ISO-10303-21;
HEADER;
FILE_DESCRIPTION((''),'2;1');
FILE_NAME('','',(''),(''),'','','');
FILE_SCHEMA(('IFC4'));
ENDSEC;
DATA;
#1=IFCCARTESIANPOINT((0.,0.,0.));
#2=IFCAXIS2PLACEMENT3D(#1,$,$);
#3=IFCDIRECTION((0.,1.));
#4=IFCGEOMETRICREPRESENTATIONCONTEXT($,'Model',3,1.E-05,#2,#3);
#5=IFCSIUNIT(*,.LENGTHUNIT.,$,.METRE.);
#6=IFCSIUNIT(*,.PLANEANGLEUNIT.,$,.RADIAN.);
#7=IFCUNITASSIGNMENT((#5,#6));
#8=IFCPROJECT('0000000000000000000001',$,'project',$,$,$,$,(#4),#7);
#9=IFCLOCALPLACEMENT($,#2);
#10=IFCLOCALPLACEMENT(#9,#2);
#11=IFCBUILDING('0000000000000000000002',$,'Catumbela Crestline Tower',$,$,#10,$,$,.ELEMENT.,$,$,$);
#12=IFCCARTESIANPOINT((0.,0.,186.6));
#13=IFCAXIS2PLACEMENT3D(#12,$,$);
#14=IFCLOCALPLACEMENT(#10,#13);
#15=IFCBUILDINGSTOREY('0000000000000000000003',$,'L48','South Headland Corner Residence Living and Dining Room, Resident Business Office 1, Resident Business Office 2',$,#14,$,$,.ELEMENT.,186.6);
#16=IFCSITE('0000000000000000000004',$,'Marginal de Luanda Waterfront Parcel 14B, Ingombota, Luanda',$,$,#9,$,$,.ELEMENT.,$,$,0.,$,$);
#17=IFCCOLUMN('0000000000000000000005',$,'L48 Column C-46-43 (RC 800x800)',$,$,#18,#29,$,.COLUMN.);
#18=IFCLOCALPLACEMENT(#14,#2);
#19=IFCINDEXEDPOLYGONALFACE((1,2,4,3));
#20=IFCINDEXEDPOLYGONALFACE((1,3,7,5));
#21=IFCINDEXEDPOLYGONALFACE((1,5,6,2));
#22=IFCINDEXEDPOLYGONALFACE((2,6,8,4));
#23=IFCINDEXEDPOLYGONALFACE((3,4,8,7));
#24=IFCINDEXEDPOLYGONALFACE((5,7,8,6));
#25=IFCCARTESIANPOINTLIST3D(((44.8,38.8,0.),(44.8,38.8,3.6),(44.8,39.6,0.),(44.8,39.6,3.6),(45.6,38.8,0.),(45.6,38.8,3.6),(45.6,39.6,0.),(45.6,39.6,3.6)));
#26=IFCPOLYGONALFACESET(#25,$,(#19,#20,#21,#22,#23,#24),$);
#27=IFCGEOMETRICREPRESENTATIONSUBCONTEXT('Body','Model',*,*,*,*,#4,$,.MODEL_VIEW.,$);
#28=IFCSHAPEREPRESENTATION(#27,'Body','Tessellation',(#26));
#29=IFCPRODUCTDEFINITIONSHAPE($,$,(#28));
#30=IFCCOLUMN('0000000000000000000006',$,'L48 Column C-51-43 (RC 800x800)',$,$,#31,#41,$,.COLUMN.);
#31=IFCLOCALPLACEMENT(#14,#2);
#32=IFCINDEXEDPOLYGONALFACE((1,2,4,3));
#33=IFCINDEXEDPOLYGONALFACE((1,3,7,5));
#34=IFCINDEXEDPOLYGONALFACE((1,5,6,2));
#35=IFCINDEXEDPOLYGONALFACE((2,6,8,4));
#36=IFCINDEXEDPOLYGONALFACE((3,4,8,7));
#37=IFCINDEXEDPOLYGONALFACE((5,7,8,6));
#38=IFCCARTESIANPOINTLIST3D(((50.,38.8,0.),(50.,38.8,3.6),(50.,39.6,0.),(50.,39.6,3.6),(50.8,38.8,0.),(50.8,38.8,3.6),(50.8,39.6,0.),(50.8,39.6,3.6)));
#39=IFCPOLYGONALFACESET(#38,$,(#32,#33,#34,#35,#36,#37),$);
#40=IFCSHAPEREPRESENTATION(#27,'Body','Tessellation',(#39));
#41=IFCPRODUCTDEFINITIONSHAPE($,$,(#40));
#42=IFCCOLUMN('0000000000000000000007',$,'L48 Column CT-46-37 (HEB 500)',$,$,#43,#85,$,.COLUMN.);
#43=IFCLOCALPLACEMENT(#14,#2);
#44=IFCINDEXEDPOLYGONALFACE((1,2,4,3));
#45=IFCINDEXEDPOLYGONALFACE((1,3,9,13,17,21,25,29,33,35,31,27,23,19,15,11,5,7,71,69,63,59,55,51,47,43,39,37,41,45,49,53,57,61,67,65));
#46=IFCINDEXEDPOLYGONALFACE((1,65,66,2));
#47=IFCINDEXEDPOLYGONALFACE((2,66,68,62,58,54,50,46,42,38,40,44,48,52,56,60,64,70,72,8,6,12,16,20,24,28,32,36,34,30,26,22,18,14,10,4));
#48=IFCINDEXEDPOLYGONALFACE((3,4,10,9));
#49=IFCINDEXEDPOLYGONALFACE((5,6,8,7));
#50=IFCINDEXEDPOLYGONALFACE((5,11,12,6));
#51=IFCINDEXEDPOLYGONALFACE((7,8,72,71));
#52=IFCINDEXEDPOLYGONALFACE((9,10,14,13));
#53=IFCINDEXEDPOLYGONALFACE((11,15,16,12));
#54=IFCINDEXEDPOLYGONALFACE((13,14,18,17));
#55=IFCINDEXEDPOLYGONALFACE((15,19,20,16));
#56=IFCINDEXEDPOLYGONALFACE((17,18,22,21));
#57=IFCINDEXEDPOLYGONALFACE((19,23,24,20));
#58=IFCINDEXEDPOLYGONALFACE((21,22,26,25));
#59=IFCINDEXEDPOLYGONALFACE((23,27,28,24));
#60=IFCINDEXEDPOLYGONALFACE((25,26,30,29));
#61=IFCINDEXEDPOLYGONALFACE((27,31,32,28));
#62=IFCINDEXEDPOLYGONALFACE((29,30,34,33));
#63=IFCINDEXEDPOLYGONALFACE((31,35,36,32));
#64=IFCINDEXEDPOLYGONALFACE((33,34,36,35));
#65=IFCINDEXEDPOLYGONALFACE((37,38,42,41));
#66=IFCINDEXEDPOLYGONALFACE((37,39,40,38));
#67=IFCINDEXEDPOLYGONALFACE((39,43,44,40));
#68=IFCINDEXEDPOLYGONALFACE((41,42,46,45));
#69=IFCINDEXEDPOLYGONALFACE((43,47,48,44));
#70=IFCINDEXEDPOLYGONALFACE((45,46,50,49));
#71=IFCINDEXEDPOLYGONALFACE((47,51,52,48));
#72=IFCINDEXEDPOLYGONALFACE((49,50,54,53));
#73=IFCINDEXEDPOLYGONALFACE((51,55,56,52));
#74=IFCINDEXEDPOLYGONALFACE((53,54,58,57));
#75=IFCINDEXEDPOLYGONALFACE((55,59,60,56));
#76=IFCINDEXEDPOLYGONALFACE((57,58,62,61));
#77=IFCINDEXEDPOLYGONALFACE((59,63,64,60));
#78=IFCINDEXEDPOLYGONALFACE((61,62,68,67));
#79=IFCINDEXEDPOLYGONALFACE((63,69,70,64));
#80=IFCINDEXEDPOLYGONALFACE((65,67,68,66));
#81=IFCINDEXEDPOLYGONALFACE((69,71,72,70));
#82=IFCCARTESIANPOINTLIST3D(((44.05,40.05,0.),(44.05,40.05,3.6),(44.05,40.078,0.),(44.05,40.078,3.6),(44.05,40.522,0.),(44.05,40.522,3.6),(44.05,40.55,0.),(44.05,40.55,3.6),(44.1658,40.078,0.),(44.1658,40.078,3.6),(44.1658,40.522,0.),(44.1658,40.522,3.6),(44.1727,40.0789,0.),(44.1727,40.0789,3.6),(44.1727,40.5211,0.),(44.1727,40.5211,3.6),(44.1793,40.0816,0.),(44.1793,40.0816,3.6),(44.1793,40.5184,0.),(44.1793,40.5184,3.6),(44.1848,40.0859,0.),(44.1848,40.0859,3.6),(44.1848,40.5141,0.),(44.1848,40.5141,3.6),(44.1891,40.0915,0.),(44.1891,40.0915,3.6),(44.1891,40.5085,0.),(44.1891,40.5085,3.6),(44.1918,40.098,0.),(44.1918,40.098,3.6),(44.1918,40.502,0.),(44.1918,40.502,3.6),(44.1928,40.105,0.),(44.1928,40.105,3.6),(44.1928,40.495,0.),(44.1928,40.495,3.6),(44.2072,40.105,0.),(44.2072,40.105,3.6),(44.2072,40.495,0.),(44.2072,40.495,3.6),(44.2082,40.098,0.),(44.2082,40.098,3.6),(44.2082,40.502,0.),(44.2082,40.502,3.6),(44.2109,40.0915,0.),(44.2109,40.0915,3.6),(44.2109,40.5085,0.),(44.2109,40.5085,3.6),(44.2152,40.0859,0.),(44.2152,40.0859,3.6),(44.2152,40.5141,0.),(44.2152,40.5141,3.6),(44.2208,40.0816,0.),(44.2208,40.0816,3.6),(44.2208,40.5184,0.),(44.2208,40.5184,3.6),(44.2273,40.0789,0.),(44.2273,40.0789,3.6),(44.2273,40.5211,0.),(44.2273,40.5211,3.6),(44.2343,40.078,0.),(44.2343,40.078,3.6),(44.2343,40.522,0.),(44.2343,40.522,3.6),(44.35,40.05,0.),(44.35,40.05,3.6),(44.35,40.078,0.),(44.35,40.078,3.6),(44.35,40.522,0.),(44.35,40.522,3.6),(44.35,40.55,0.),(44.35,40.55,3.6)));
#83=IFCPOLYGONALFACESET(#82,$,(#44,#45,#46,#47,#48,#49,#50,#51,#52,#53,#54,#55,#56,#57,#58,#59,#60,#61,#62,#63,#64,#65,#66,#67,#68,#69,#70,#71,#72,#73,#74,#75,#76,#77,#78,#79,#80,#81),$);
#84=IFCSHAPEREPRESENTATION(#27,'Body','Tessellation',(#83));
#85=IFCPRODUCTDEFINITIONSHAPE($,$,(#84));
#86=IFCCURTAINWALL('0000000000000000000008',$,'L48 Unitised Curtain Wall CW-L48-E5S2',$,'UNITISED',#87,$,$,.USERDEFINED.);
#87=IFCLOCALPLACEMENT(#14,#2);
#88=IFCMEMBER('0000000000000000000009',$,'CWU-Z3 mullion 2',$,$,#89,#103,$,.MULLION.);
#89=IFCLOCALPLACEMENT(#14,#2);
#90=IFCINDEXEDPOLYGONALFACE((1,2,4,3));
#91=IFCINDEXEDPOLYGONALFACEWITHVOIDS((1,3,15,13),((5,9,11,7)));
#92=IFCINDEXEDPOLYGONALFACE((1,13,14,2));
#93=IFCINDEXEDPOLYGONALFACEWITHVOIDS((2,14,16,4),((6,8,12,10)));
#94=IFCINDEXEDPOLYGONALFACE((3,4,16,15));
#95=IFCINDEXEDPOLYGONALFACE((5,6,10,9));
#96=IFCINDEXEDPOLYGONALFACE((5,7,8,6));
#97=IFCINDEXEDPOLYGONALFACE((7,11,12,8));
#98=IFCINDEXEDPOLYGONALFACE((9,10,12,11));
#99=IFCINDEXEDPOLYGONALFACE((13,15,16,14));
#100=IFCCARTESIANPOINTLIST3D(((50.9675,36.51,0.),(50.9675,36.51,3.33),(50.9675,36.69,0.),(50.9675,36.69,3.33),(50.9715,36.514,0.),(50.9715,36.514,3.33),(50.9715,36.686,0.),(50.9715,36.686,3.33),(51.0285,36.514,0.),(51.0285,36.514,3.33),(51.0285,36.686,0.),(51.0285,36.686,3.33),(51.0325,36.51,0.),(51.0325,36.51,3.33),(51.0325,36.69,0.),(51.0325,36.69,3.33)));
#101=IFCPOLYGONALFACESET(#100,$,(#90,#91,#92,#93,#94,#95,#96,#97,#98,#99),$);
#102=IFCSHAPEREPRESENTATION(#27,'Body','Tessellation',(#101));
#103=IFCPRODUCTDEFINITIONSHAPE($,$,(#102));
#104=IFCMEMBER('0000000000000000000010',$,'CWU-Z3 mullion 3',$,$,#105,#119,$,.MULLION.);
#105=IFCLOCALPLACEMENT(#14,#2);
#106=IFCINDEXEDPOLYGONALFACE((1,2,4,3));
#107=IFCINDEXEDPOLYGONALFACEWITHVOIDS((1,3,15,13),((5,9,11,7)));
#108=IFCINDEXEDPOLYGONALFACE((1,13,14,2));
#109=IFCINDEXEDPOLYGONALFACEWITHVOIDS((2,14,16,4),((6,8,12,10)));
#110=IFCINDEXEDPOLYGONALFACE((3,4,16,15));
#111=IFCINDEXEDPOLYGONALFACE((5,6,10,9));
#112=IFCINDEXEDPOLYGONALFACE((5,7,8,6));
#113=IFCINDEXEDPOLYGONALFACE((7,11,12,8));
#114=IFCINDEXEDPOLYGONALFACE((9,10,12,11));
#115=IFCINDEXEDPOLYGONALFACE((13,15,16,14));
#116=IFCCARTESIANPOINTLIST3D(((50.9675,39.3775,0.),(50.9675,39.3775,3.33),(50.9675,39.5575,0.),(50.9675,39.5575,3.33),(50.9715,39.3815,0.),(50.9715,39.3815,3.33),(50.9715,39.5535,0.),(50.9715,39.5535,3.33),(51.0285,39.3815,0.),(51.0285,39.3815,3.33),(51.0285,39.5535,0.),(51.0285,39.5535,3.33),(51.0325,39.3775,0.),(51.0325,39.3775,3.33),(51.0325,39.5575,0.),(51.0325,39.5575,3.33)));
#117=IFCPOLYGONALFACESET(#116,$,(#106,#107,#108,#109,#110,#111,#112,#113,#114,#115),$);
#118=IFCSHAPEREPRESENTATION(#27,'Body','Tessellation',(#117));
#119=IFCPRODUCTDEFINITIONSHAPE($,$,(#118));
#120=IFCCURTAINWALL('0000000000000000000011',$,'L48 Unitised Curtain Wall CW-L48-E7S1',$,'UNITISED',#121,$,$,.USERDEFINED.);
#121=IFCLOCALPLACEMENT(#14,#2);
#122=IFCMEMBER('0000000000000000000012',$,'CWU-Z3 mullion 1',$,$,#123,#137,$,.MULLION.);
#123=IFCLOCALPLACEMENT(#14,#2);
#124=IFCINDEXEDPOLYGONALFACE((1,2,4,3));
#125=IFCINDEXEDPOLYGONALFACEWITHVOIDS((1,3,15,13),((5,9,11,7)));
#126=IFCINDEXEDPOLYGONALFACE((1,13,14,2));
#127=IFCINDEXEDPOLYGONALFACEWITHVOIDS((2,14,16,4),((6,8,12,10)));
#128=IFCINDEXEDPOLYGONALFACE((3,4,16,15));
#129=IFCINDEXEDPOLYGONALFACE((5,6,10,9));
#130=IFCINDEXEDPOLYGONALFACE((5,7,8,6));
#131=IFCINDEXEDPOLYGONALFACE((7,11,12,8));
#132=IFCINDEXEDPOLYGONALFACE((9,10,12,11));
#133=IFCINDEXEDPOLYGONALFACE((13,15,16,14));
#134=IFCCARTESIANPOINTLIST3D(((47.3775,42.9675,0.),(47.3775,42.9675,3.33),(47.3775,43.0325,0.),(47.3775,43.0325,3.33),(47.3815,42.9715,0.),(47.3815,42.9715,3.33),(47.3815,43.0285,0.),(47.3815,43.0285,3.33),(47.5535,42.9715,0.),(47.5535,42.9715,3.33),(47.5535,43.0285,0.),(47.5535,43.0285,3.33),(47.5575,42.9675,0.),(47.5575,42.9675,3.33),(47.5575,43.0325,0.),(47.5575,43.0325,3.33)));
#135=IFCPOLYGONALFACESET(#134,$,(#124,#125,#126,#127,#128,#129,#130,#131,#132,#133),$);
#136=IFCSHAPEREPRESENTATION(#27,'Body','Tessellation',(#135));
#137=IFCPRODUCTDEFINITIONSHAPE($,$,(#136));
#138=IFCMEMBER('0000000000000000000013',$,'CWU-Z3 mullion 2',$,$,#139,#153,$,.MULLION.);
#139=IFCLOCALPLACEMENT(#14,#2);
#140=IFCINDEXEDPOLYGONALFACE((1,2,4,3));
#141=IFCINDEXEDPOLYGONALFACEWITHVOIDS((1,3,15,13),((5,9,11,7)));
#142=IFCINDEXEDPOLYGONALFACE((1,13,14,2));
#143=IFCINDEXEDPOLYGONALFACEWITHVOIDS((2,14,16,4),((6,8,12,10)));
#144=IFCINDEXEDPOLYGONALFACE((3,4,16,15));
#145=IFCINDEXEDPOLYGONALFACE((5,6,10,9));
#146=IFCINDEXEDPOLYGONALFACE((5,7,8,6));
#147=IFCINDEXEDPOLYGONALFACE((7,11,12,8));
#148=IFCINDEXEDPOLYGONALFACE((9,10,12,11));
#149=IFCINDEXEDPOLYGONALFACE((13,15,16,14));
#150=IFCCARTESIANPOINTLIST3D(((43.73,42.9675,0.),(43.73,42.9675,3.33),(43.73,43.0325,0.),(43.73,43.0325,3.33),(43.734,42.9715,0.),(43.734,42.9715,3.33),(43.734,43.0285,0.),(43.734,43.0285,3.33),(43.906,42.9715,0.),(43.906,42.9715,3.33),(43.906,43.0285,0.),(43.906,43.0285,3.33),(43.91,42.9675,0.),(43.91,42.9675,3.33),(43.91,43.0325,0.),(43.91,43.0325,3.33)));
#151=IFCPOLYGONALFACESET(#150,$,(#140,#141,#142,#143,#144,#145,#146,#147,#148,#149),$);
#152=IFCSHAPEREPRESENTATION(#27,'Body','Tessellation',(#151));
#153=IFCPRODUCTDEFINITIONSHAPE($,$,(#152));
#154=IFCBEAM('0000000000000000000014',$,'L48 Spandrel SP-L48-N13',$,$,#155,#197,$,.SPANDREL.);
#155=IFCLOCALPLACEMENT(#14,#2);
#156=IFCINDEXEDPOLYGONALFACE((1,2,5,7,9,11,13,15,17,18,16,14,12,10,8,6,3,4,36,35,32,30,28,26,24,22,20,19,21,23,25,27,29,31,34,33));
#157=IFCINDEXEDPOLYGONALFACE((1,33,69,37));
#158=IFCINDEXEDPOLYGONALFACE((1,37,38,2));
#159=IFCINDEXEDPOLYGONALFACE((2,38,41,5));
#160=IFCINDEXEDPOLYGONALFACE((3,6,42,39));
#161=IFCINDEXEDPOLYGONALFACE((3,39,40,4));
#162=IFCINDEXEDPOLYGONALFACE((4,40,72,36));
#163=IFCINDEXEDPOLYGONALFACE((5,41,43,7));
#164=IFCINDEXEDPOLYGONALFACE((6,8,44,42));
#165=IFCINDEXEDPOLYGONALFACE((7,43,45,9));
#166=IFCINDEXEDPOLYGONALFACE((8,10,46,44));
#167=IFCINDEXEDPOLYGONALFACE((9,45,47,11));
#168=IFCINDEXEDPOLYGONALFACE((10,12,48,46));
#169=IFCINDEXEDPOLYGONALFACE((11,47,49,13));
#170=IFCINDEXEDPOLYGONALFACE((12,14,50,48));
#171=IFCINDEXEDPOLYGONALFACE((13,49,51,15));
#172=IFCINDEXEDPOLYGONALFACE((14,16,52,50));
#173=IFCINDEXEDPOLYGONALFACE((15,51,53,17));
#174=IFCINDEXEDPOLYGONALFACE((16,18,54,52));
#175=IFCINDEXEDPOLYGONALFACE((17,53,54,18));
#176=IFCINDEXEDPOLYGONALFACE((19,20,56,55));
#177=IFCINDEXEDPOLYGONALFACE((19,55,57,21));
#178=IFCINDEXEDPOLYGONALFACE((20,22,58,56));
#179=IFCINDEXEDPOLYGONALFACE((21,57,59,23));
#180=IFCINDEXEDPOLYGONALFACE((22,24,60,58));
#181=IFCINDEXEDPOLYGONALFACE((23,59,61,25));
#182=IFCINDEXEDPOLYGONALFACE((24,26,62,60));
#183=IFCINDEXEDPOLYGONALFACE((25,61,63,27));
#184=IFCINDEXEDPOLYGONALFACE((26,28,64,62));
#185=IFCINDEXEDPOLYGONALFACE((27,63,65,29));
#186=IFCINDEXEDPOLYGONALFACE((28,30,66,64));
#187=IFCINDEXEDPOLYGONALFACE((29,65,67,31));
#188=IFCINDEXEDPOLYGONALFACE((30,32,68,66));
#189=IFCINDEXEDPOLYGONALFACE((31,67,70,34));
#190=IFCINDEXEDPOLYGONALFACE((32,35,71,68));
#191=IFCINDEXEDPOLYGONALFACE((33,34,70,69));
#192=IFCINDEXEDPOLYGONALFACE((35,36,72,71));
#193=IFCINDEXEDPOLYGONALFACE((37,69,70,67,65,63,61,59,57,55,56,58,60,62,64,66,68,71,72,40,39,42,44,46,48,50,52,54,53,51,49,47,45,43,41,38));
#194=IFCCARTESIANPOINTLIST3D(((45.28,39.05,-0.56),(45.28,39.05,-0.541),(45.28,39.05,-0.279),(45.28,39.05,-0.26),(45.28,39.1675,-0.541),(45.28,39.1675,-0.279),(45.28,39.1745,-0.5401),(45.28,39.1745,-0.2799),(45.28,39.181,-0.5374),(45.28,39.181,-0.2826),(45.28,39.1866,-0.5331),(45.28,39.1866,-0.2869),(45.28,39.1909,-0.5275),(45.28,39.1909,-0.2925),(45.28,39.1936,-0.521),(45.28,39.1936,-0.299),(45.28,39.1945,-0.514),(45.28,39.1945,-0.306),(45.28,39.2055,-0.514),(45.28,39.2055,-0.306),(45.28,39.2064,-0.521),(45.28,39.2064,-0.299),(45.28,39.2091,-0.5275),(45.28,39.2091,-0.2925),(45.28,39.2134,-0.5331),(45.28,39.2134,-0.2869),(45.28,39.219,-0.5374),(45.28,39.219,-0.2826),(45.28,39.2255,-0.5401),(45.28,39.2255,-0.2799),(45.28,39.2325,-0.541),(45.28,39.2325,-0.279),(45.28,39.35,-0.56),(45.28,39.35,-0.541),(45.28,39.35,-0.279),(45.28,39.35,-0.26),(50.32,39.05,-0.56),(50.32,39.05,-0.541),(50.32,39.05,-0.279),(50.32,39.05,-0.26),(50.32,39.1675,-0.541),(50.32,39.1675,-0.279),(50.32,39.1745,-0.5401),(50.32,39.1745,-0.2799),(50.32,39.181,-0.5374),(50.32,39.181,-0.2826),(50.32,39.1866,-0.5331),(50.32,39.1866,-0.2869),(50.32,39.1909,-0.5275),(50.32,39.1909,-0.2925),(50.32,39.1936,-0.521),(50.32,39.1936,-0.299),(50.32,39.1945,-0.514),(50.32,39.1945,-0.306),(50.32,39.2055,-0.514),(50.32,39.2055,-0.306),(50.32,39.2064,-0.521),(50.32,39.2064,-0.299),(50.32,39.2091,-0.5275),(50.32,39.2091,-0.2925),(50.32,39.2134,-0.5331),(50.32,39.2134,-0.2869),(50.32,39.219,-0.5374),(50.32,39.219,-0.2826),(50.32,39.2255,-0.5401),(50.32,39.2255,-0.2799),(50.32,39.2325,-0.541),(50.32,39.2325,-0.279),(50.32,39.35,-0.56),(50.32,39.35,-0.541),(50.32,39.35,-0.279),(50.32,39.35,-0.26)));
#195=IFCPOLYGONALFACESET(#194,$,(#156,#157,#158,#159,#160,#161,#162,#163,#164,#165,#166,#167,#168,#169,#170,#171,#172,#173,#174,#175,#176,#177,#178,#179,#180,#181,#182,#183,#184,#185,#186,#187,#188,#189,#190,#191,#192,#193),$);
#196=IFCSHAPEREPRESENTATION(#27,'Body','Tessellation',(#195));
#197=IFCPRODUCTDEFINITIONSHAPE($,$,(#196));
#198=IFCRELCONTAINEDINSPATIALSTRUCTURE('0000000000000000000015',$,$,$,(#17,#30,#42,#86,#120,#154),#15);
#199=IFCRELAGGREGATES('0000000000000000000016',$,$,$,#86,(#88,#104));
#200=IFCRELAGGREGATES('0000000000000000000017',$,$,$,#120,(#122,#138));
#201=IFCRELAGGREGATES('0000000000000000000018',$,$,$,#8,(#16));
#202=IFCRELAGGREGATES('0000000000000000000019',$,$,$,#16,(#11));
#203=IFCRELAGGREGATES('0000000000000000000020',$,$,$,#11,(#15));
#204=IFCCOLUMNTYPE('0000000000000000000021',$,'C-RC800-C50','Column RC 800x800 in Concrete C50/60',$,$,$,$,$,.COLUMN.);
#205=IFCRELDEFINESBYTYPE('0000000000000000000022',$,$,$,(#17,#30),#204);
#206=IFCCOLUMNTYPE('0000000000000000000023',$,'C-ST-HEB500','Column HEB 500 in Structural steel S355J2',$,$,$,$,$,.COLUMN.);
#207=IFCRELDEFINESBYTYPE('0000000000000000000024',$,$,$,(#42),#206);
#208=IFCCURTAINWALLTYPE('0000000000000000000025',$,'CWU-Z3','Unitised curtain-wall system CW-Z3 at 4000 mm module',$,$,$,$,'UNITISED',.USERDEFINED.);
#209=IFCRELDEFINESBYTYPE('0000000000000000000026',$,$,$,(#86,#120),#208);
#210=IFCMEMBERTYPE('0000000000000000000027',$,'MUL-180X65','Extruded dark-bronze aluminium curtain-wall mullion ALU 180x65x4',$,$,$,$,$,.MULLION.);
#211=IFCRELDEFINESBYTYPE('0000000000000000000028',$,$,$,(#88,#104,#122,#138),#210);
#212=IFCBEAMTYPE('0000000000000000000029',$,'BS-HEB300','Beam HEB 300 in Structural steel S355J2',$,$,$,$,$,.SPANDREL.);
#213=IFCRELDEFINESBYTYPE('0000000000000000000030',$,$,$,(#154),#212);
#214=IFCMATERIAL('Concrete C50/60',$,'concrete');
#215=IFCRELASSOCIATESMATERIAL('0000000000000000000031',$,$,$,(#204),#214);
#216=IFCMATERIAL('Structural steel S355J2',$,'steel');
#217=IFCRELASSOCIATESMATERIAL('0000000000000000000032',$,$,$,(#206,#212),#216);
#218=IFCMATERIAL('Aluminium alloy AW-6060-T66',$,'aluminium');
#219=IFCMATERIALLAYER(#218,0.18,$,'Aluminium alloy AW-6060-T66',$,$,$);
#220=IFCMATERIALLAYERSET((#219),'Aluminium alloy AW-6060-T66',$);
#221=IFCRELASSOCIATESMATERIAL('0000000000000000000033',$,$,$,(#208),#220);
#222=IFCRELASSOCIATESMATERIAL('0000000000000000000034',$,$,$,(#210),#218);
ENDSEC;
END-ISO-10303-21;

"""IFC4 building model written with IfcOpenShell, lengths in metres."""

from ifc_helpers import new_model, si_unit, direction, frame, origin, origin_2d, place, context, subcontext, project, spatial, rectangle, hollow_rectangle, i_section, extrude, material, layer, layer_set, material_profile, profile_set, type_object, element, aggregate, save


model = new_model("IFC4")

# Units and contexts
model_context = context("Model", 3, precision=1e-05, world=origin(), true_north=direction((0.0, 1.0)))
body_context = subcontext(model_context, "Body", "Model", "MODEL_VIEW")
ifc_project = project(units=[si_unit("LENGTHUNIT", "METRE"), si_unit("PLANEANGLEUNIT", "RADIAN")], contexts=[model_context])

# Site, building, storey
site_placement = place(None, origin())
site = spatial("IfcSite", under=ifc_project, at=site_placement, Name="Marginal de Luanda Waterfront Parcel 14B, Ingombota, Luanda", CompositionType="ELEMENT", RefElevation=0.0)
building_placement = place(site_placement, origin())
building = spatial("IfcBuilding", under=site, at=building_placement, Name="Catumbela Crestline Tower", CompositionType="ELEMENT")
storey_placement = place(building_placement, frame((0.0, 0.0, 186.6)))
storey = spatial("IfcBuildingStorey", under=building, at=storey_placement, Name="L48", Description="South Headland Corner Residence Living and Dining Room, Resident Business Office 1, Resident Business Office 2", CompositionType="ELEMENT", Elevation=186.6)

# Columns
ifc_material_1 = material(Name="Concrete C50/60", Category="concrete")
ifc_material_profile_1 = material_profile(ifc_material_1, rectangle(XDim=0.8, YDim=0.8, at=origin_2d()), Name="RC 800x800")
ifc_profile_set_1 = profile_set([ifc_material_profile_1], Name="Concrete C50/60")
column_type_1 = type_object("IfcColumnType", Name="C-RC800-C50", Description="Column RC 800x800 in Concrete C50/60", PredefinedType="COLUMN", material=ifc_profile_set_1)
for number, where, z_axis, x_axis, name in (
    (1, (45.2, 39.2, 0.0), (0.0, 0.0, 1.0), (1.0, 0.0, 0.0), "L48 Column C-46-43 (RC 800x800)"),
    (2, (50.4, 39.2, 0.0), (0.0, 0.0, 1.0), (1.0, 0.0, 0.0), "L48 Column C-51-43 (RC 800x800)"),
):
    element("IfcColumn", number, at=place(storey_placement, frame(where, z_axis=z_axis, x_axis=x_axis)), inside=storey, type_object=column_type_1, Name=name, PredefinedType="COLUMN", context=body_context, shape_type="SweptSolid", body=[
        extrude(rectangle(XDim=0.8, YDim=0.8, at=origin_2d()), origin(), (0.0, 0.0, 1.0), 3.6),
    ])
ifc_material_2 = material(Name="Structural steel S355J2", Category="steel")
ifc_material_profile_2 = material_profile(ifc_material_2, i_section(OverallWidth=0.3, OverallDepth=0.5, WebThickness=0.0145, FlangeThickness=0.028, FilletRadius=0.027, at=origin_2d()), Name="HEB 500")
ifc_profile_set_2 = profile_set([ifc_material_profile_2], Name="Structural steel S355J2")
column_type_2 = type_object("IfcColumnType", Name="C-ST-HEB500", Description="Column HEB 500 in Structural steel S355J2", PredefinedType="COLUMN", material=ifc_profile_set_2)
column_placement = place(storey_placement, frame((44.2, 40.3, 0.0), z_axis=(0.0, 0.0, 1.0), x_axis=(1.0, 0.0, 0.0)))
element("IfcColumn", 3, at=column_placement, inside=storey, type_object=column_type_2, Name="L48 Column CT-46-37 (HEB 500)", PredefinedType="COLUMN", context=body_context, shape_type="SweptSolid", body=[
    extrude(i_section(OverallWidth=0.3, OverallDepth=0.5, WebThickness=0.0145, FlangeThickness=0.028, FilletRadius=0.027, at=origin_2d()), origin(), (0.0, 0.0, 1.0), 3.6),
])

# Curtain walls, members
ifc_material_3 = material(Name="Aluminium alloy AW-6060-T66", Category="aluminium")
ifc_layer_1 = layer(ifc_material_3, 0.18, Name="Aluminium alloy AW-6060-T66")
ifc_layer_set_1 = layer_set([ifc_layer_1], Name="Aluminium alloy AW-6060-T66")
curtain_wall_type = type_object("IfcCurtainWallType", Name="CWU-Z3", Description="Unitised curtain-wall system CW-Z3 at 4000 mm module", ElementType="UNITISED", PredefinedType="USERDEFINED", material=ifc_layer_set_1)
curtain_wall_1_placement = place(storey_placement, origin())
curtain_wall_1 = element("IfcCurtainWall", 4, at=curtain_wall_1_placement, inside=storey, type_object=curtain_wall_type, Name="L48 Unitised Curtain Wall CW-L48-E5S2", ObjectType="UNITISED", PredefinedType="USERDEFINED")
ifc_material_profile_3 = material_profile(ifc_material_3, hollow_rectangle(XDim=0.065, YDim=0.18, WallThickness=0.004, at=origin_2d()), Name="ALU 180x65x4")
ifc_profile_set_3 = profile_set([ifc_material_profile_3], Name="Aluminium alloy AW-6060-T66")
member_type_1 = type_object("IfcMemberType", Name="MUL-180X65", Description="Extruded dark-bronze aluminium curtain-wall mullion ALU 180x65x4", PredefinedType="MULLION", material=ifc_profile_set_3)
member_1_placement = place(storey_placement, frame((51.0, 36.6, 0.0), z_axis=(0.0, 0.0, 1.0), x_axis=(-1.0, 0.0, 0.0)))
member_1 = element("IfcMember", 5, at=member_1_placement, type_object=member_type_1, Name="CWU-Z3 mullion 2", PredefinedType="MULLION", context=body_context, shape_type="SweptSolid", body=[
    extrude(hollow_rectangle(XDim=0.065, YDim=0.18, WallThickness=0.004, at=origin_2d()), origin(), (0.0, 0.0, 1.0), 3.33),
])
member_2_placement = place(storey_placement, frame((51.0, 39.4675, 0.0), z_axis=(0.0, 0.0, 1.0), x_axis=(-1.0, 0.0, 0.0)))
member_2 = element("IfcMember", 6, at=member_2_placement, type_object=member_type_1, Name="CWU-Z3 mullion 3", PredefinedType="MULLION", context=body_context, shape_type="SweptSolid", body=[
    extrude(hollow_rectangle(XDim=0.065, YDim=0.18, WallThickness=0.004, at=origin_2d()), origin(), (0.0, 0.0, 1.0), 3.33),
])
curtain_wall_2_placement = place(storey_placement, origin())
curtain_wall_2 = element("IfcCurtainWall", 7, at=curtain_wall_2_placement, inside=storey, type_object=curtain_wall_type, Name="L48 Unitised Curtain Wall CW-L48-E7S1", ObjectType="UNITISED", PredefinedType="USERDEFINED")
member_3_placement = place(storey_placement, frame((47.4675, 43.0, 0.0), z_axis=(0.0, 0.0, 1.0), x_axis=(0.0, -1.0, 0.0)))
member_3 = element("IfcMember", 8, at=member_3_placement, type_object=member_type_1, Name="CWU-Z3 mullion 1", PredefinedType="MULLION", context=body_context, shape_type="SweptSolid", body=[
    extrude(hollow_rectangle(XDim=0.065, YDim=0.18, WallThickness=0.004, at=origin_2d()), origin(), (0.0, 0.0, 1.0), 3.33),
])
member_4_placement = place(storey_placement, frame((43.82, 43.0, 0.0), z_axis=(0.0, 0.0, 1.0), x_axis=(0.0, -1.0, 0.0)))
member_4 = element("IfcMember", 9, at=member_4_placement, type_object=member_type_1, Name="CWU-Z3 mullion 2", PredefinedType="MULLION", context=body_context, shape_type="SweptSolid", body=[
    extrude(hollow_rectangle(XDim=0.065, YDim=0.18, WallThickness=0.004, at=origin_2d()), origin(), (0.0, 0.0, 1.0), 3.33),
])

# Beam
ifc_material_profile_4 = material_profile(ifc_material_2, i_section(OverallWidth=0.3, OverallDepth=0.3, WebThickness=0.011, FlangeThickness=0.019, FilletRadius=0.027, at=origin_2d()), Name="HEB 300")
ifc_profile_set_4 = profile_set([ifc_material_profile_4], Name="Structural steel S355J2")
beam_type = type_object("IfcBeamType", Name="BS-HEB300", Description="Beam HEB 300 in Structural steel S355J2", PredefinedType="SPANDREL", material=ifc_profile_set_4)
beam_placement = place(storey_placement, frame((45.28, 39.2, -0.41), z_axis=(1.0, 0.0, 0.0), x_axis=(0.0, 1.0, 0.0)))
element("IfcBeam", 10, at=beam_placement, inside=storey, type_object=beam_type, Name="L48 Spandrel SP-L48-N13", PredefinedType="SPANDREL", context=body_context, shape_type="SweptSolid", body=[
    extrude(i_section(OverallWidth=0.3, OverallDepth=0.3, WebThickness=0.011, FlangeThickness=0.019, FilletRadius=0.027, at=origin_2d()), origin(), (0.0, 0.0, 1.0), 5.04),
])

aggregate(curtain_wall_1, [member_1, member_2])
aggregate(curtain_wall_2, [member_3, member_4])

save(model, "model.ifc")
